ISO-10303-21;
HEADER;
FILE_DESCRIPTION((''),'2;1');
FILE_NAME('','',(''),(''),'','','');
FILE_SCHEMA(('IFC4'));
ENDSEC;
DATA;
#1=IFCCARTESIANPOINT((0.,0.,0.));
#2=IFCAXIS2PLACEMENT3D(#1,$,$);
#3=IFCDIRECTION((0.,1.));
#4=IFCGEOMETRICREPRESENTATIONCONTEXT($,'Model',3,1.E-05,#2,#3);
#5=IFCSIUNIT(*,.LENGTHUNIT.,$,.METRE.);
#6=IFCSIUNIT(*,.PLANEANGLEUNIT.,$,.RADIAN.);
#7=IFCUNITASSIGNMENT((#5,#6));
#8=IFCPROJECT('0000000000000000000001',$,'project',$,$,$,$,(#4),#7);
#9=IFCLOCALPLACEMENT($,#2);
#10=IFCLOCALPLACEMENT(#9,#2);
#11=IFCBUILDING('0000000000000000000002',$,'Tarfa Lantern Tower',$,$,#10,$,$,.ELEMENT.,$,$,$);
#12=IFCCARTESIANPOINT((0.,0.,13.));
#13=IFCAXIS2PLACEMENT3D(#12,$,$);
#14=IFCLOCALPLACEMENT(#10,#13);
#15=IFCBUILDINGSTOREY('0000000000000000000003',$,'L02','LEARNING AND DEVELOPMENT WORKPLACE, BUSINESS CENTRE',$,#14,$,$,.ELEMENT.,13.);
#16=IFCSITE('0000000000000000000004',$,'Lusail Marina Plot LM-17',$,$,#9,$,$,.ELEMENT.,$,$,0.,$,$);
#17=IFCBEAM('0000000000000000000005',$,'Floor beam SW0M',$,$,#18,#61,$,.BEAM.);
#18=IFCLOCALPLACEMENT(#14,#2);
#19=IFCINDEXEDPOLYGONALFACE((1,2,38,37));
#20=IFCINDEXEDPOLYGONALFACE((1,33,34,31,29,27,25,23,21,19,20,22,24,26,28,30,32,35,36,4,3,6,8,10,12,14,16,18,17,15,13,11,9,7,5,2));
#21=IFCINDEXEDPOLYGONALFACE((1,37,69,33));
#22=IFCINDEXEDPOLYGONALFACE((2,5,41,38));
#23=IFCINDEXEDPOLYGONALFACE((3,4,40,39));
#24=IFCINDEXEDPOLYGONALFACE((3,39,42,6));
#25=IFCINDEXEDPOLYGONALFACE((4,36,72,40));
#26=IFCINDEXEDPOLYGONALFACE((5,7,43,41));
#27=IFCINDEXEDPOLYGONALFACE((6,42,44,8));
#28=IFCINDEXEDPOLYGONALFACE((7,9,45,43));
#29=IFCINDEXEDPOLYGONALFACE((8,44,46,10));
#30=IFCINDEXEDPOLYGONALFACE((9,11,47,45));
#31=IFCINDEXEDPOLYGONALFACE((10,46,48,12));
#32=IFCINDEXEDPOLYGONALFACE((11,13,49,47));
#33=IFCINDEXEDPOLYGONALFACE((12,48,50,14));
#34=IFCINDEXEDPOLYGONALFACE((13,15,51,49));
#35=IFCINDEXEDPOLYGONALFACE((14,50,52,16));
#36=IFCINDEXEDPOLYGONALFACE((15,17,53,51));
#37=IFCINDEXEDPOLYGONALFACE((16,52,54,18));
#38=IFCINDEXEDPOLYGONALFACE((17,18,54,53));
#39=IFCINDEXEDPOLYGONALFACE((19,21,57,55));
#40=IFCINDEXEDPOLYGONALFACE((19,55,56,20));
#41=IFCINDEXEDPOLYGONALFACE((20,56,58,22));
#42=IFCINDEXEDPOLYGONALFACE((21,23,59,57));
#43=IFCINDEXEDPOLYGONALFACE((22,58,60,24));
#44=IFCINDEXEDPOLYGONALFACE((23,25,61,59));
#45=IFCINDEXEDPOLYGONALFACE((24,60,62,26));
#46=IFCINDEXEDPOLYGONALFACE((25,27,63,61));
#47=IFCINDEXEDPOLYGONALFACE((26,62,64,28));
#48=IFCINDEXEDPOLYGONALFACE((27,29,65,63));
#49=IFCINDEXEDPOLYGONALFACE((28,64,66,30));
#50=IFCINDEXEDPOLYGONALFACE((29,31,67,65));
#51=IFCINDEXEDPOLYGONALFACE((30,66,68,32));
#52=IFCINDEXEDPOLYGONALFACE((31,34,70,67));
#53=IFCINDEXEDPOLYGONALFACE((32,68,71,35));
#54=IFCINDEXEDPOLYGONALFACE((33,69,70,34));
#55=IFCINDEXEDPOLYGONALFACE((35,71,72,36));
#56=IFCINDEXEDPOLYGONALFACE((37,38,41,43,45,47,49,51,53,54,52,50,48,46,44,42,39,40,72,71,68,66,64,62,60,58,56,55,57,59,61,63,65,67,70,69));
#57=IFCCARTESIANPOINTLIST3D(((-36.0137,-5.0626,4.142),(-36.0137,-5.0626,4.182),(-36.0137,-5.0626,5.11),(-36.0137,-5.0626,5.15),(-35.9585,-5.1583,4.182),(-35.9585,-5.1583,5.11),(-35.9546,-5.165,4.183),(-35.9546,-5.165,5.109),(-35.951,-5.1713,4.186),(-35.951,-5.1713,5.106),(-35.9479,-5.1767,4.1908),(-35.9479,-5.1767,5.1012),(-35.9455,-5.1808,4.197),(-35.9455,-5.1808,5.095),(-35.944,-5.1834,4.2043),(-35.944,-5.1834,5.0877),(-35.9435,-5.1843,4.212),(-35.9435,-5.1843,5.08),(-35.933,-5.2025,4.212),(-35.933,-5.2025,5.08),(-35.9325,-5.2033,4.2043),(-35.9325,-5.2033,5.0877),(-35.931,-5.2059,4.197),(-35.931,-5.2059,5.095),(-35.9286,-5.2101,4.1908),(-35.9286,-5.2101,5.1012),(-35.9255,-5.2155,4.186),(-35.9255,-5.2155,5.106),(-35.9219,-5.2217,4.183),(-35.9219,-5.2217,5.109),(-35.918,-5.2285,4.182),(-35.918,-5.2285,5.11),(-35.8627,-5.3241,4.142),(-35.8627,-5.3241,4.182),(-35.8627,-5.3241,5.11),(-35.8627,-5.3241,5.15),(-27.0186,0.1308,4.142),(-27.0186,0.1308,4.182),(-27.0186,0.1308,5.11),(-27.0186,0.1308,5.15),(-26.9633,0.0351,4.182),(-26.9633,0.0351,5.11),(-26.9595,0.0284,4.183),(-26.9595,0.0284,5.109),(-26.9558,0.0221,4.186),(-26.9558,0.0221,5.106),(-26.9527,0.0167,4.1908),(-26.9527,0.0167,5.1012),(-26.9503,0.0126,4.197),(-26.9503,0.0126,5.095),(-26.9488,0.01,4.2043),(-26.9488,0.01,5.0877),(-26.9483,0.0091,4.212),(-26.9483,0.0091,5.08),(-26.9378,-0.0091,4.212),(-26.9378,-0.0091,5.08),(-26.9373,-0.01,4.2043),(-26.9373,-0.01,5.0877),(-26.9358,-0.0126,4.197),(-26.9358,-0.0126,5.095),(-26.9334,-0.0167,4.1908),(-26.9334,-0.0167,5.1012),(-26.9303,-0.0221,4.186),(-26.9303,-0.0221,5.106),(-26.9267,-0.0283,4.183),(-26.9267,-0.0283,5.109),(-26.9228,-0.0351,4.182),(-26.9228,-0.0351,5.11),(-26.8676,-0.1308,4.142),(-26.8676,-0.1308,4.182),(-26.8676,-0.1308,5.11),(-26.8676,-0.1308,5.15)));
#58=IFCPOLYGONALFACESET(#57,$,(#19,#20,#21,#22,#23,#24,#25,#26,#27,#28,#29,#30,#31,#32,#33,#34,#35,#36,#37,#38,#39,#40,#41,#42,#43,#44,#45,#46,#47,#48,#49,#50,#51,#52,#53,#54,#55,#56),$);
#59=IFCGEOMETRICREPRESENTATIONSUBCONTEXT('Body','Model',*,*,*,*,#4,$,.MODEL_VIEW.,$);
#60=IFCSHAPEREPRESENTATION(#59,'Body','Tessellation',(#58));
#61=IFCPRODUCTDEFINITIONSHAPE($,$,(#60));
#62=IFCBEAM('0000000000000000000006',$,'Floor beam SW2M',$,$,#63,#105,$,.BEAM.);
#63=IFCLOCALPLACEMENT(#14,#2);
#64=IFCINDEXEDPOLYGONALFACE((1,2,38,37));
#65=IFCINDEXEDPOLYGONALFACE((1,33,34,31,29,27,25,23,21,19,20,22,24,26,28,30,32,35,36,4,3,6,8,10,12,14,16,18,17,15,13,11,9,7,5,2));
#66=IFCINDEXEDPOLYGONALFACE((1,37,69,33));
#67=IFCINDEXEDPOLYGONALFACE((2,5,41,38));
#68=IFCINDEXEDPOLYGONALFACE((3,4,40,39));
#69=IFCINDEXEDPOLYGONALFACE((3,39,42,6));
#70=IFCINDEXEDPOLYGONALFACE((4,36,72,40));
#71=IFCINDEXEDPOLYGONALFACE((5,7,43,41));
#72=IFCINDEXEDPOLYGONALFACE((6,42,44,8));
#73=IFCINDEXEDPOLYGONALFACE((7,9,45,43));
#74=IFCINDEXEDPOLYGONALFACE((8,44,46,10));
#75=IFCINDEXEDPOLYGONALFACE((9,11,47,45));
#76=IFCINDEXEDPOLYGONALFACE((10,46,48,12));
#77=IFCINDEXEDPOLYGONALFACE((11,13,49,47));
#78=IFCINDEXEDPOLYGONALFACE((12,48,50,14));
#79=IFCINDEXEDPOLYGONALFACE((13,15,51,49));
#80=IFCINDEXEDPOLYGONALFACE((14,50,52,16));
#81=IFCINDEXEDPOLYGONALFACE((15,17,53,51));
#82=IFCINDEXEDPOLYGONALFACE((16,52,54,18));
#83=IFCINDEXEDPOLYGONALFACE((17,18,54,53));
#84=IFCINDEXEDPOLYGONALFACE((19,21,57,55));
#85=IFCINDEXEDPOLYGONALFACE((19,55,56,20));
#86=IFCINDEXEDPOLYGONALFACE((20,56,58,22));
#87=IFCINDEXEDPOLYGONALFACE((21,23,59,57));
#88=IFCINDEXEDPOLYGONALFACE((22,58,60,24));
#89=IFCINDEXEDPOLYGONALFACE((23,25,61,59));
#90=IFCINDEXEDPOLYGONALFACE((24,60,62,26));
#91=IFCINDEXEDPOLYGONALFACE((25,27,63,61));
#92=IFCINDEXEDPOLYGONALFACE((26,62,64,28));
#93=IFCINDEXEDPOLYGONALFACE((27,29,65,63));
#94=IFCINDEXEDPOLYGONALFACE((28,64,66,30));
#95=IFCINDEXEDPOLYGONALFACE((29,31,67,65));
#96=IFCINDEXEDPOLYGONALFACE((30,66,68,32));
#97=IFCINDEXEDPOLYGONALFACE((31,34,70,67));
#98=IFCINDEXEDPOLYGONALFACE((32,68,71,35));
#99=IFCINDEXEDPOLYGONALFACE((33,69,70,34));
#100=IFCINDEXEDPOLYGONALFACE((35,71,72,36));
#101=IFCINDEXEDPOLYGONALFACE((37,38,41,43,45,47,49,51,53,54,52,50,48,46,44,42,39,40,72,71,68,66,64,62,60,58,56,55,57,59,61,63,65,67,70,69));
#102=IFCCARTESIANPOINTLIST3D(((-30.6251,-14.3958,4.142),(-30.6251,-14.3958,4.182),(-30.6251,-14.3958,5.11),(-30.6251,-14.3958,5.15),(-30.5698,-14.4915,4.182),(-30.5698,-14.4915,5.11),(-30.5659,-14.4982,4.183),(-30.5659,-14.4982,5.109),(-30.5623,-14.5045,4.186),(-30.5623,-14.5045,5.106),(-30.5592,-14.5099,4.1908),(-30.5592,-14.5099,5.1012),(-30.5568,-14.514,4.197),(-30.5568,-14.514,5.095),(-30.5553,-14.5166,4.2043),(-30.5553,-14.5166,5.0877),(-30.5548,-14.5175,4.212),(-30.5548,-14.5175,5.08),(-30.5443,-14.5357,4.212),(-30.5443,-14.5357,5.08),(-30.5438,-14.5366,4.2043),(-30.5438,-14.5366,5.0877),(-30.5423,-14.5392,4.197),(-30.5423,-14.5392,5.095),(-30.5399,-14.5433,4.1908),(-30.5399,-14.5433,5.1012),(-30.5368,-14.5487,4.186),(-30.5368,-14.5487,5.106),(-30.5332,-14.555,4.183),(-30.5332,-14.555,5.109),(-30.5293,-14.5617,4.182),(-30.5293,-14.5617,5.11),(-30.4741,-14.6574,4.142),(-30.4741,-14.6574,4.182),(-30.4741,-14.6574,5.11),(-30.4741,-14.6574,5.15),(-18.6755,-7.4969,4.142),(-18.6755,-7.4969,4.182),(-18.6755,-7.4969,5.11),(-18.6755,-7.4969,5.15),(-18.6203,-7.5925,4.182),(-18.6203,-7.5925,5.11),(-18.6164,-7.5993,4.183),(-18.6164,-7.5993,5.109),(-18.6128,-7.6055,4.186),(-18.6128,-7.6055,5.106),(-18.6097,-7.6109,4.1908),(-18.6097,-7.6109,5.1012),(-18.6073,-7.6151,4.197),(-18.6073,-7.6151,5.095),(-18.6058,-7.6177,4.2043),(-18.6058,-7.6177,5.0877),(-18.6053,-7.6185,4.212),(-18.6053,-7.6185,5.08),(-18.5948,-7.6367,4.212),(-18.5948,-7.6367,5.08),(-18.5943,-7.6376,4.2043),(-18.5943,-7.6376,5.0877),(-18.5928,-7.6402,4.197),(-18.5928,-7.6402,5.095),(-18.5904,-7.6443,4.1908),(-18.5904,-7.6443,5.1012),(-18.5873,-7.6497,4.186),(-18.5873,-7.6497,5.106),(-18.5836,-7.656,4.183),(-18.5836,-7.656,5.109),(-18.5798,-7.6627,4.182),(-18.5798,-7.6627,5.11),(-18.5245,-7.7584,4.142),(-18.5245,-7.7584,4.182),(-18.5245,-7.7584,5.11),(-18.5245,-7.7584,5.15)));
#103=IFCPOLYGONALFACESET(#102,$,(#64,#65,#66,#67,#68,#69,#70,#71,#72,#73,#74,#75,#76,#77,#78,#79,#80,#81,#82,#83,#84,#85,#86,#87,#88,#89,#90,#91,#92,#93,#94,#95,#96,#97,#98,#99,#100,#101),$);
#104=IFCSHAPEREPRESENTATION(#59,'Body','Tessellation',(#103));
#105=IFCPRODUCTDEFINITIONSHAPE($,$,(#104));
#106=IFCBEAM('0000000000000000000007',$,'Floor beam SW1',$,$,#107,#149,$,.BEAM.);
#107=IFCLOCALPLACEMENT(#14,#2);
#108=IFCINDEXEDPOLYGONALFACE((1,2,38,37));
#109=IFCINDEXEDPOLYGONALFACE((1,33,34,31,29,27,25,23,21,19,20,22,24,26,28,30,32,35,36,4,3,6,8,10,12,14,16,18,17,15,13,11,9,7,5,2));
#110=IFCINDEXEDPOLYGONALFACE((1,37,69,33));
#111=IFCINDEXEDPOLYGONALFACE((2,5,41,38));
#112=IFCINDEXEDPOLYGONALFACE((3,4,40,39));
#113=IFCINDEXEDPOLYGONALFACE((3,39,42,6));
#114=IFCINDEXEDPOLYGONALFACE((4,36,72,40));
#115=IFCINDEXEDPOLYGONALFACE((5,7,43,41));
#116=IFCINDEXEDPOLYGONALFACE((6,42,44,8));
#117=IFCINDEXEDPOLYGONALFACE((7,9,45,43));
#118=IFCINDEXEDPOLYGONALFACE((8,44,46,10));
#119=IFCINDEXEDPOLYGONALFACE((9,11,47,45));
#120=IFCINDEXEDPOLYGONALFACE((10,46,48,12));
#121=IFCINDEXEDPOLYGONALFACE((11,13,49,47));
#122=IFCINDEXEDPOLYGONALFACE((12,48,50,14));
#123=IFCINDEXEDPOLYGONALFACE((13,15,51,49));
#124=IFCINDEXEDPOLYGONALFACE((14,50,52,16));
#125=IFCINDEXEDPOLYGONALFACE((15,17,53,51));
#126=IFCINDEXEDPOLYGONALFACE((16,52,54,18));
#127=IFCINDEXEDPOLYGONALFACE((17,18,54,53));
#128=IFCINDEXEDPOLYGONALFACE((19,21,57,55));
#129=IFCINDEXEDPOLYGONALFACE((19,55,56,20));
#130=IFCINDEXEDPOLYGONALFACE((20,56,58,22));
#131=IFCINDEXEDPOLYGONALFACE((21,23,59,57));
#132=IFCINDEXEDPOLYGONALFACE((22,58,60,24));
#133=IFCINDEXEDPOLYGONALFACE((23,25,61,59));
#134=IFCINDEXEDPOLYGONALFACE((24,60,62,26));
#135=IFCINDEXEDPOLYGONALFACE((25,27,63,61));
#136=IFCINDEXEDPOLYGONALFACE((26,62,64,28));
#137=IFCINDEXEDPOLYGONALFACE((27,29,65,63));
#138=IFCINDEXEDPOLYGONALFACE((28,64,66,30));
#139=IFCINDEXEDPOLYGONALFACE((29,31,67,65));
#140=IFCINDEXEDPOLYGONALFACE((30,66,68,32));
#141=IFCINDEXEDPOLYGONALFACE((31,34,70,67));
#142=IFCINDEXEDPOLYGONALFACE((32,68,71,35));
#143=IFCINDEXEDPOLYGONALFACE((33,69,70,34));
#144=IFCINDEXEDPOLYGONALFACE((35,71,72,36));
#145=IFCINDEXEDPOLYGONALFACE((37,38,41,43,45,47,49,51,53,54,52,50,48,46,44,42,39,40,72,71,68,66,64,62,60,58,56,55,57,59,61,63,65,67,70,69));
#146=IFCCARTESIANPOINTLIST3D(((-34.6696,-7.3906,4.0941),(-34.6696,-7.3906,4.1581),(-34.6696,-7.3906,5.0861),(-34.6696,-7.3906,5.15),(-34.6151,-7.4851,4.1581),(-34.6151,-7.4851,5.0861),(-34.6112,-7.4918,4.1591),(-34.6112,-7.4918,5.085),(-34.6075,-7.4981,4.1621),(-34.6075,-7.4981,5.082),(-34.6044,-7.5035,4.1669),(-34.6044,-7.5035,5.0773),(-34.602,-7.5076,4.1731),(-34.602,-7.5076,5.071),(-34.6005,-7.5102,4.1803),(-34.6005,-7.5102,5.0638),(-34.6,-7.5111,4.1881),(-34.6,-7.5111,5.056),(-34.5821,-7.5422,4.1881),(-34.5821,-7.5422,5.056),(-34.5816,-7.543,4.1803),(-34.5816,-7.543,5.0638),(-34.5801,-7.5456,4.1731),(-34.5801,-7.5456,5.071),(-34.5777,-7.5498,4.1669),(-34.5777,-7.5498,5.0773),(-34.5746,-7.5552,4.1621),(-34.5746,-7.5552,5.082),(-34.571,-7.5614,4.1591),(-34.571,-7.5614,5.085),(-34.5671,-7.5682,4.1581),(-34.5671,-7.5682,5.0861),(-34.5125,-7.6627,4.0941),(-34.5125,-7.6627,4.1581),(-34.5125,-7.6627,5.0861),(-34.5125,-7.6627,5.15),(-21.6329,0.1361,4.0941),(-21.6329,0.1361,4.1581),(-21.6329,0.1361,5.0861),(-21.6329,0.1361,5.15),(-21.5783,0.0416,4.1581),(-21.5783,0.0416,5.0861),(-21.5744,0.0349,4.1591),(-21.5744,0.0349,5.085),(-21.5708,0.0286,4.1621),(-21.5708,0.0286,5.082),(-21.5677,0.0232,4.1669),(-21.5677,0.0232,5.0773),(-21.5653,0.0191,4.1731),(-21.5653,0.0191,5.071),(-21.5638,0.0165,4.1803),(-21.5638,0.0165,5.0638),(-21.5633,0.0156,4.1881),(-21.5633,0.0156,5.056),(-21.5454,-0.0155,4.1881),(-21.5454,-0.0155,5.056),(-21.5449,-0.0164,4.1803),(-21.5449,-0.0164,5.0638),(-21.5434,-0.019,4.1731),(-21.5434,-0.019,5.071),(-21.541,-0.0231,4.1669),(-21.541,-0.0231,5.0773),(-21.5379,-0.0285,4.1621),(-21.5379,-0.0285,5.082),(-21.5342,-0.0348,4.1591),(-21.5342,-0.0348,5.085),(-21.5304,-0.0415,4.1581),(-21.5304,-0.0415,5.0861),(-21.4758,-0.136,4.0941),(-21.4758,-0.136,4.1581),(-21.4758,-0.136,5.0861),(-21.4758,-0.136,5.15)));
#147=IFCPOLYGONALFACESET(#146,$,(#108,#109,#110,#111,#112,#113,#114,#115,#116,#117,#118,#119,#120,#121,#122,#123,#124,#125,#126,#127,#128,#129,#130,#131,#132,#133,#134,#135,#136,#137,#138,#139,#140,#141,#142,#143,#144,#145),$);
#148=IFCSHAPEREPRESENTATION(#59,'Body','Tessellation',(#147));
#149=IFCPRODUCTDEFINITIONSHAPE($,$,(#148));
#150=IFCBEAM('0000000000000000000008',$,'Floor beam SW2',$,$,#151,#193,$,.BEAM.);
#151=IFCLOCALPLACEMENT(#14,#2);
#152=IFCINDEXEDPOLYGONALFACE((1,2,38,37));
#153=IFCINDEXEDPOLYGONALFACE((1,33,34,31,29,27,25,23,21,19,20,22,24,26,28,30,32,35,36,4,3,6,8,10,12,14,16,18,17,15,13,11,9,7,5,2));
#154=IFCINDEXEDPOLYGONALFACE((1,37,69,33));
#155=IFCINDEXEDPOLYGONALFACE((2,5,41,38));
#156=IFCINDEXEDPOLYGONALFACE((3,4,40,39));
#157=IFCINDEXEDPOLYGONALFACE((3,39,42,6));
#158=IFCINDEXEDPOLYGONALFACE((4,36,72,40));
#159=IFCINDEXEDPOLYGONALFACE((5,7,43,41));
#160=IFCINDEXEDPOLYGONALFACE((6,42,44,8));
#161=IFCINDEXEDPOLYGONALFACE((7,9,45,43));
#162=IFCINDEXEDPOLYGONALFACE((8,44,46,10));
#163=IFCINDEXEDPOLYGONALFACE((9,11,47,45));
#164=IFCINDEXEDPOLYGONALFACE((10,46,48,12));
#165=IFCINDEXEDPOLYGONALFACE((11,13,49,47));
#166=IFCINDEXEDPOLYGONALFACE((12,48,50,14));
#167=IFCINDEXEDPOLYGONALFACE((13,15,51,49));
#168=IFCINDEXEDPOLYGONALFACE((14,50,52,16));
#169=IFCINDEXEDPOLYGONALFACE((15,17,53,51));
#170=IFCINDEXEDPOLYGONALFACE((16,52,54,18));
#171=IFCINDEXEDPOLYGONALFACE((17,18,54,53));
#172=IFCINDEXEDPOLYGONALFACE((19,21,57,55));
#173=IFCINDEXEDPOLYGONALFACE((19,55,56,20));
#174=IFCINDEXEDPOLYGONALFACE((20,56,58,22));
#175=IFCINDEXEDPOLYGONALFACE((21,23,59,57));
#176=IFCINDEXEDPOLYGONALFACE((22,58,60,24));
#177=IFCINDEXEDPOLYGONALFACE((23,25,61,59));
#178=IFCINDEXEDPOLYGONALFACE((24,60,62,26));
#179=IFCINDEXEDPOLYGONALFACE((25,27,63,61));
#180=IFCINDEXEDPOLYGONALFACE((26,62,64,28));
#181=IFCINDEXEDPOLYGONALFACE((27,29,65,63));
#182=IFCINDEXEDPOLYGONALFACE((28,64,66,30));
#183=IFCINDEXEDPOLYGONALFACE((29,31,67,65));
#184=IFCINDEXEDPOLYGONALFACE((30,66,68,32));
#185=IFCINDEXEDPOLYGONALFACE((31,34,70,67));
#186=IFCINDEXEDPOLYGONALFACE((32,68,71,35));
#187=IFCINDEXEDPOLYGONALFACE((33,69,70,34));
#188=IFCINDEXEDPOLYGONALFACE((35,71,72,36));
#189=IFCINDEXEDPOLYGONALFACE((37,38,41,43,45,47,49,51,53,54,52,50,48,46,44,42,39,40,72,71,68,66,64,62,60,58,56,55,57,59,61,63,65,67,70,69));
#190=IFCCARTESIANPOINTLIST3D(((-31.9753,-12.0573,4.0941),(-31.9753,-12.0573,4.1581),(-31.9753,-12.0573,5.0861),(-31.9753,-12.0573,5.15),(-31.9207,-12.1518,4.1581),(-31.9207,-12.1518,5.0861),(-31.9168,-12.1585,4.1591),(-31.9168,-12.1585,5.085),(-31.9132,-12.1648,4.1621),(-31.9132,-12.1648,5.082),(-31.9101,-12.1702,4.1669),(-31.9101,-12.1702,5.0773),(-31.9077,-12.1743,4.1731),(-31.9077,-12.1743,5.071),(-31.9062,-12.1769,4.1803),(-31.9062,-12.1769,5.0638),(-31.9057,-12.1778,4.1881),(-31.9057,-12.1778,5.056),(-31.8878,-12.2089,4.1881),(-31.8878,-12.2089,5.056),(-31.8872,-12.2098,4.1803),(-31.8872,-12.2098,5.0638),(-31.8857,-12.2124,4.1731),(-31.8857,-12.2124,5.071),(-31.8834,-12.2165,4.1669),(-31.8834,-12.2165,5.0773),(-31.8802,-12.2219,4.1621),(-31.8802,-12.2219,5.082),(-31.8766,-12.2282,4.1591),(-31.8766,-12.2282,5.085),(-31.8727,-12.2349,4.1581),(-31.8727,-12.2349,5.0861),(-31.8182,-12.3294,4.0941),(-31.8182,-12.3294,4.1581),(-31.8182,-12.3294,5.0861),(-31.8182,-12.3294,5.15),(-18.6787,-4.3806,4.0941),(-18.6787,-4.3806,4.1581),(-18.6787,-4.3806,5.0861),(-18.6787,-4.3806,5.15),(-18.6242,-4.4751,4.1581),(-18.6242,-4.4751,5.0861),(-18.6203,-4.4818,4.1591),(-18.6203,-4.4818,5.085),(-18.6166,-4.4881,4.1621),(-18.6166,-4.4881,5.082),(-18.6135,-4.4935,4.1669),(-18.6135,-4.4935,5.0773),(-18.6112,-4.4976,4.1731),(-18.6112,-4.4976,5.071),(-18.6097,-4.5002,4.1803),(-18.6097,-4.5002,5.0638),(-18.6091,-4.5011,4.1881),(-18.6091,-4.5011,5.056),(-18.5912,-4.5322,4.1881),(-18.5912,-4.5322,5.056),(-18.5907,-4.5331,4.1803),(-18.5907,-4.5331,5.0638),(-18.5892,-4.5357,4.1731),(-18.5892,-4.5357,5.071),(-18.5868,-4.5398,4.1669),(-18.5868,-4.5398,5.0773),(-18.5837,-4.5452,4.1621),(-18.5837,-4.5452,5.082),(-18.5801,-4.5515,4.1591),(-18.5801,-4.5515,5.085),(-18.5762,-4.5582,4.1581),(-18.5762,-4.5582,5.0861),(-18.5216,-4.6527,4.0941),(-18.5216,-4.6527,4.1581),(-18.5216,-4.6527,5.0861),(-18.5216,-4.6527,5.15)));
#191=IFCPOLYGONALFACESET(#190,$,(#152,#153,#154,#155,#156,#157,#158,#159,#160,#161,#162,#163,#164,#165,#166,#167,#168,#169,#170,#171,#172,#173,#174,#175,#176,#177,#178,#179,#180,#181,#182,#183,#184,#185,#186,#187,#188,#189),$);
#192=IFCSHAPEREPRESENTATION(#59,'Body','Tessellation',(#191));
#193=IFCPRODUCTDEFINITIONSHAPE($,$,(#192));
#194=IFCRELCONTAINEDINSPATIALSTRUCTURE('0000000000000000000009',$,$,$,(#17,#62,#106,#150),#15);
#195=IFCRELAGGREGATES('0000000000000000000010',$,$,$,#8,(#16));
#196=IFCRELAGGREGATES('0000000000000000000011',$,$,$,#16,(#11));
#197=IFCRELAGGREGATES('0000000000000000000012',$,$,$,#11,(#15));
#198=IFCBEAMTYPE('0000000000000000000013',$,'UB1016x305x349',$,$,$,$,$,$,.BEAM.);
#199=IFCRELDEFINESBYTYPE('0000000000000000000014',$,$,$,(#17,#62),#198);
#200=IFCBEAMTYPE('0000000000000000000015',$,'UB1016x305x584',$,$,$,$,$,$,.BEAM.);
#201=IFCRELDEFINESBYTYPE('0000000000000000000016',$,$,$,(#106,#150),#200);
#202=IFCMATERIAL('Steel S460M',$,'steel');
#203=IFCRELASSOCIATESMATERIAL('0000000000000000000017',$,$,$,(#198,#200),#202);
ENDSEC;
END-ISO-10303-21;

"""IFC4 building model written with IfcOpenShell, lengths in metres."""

from ifc_helpers import new_model, si_unit, direction, frame, origin, origin_2d, place, context, subcontext, project, spatial, i_section, extrude, material, material_profile, profile_set, type_object, element, save


model = new_model("IFC4")

# Units and contexts
model_context = context("Model", 3, precision=1e-05, world=origin(), true_north=direction((0.0, 1.0)))
body_context = subcontext(model_context, "Body", "Model", "MODEL_VIEW")
ifc_project = project(units=[si_unit("LENGTHUNIT", "METRE"), si_unit("PLANEANGLEUNIT", "RADIAN")], contexts=[model_context])

# Site, building, storey
site_placement = place(None, origin())
site = spatial("IfcSite", under=ifc_project, at=site_placement, Name="Lusail Marina Plot LM-17", CompositionType="ELEMENT", RefElevation=0.0)
building_placement = place(site_placement, origin())
building = spatial("IfcBuilding", under=site, at=building_placement, Name="Tarfa Lantern Tower", CompositionType="ELEMENT")
storey_placement = place(building_placement, frame((0.0, 0.0, 13.0)))
storey = spatial("IfcBuildingStorey", under=building, at=storey_placement, Name="L02", Description="LEARNING AND DEVELOPMENT WORKPLACE, BUSINESS CENTRE", CompositionType="ELEMENT", Elevation=13.0)

# Beams
ifc_material_1 = material(Name="Steel S460M", Category="steel")
ifc_material_profile_1 = material_profile(ifc_material_1, i_section(OverallWidth=0.302, OverallDepth=1.0081, WebThickness=0.021, FlangeThickness=0.04, FilletRadius=0.03, at=origin_2d()), Name="UB1016x305x349")
ifc_profile_set_1 = profile_set([ifc_material_profile_1], Name="Steel S460M")
beam_type_1 = type_object("IfcBeamType", Name="UB1016x305x349", PredefinedType="BEAM", material=ifc_profile_set_1)
beam_1_placement = place(storey_placement, frame((-35.9382, -5.1934, 4.646), z_axis=(0.866024, 0.500002, 0.0), x_axis=(-0.500002, 0.866024, 0.0)))
element("IfcBeam", 1, at=beam_1_placement, inside=storey, type_object=beam_type_1, Name="Floor beam SW0M", PredefinedType="BEAM", context=body_context, shape_type="SweptSolid", body=[
    extrude(i_section(OverallWidth=0.302, OverallDepth=1.0081, WebThickness=0.021, FlangeThickness=0.04, FilletRadius=0.03, at=origin_2d()), origin(), (0.0, 0.0, 1.0), 10.3867),
])
beam_2_placement = place(storey_placement, frame((-30.5496, -14.5266, 4.646), z_axis=(0.866029, 0.499995, 0.0), x_axis=(-0.499995, 0.866029, 0.0)))
element("IfcBeam", 2, at=beam_2_placement, inside=storey, type_object=beam_type_1, Name="Floor beam SW2M", PredefinedType="BEAM", context=body_context, shape_type="SweptSolid", body=[
    extrude(i_section(OverallWidth=0.302, OverallDepth=1.0081, WebThickness=0.021, FlangeThickness=0.04, FilletRadius=0.03, at=origin_2d()), origin(), (0.0, 0.0, 1.0), 13.7981),
])
ifc_material_profile_2 = material_profile(ifc_material_1, i_section(OverallWidth=0.3142, OverallDepth=1.0559, WebThickness=0.0359, FlangeThickness=0.064, FilletRadius=0.03, at=origin_2d()), Name="UB1016x305x584")
ifc_profile_set_2 = profile_set([ifc_material_profile_2], Name="Steel S460M")
beam_type_2 = type_object("IfcBeamType", Name="UB1016x305x584", PredefinedType="BEAM", material=ifc_profile_set_2)
beam_3_placement = place(storey_placement, frame((-34.5911, -7.5266, 4.6221), z_axis=(0.866028, 0.499996, 0.0), x_axis=(-0.499996, 0.866028, 0.0)))
element("IfcBeam", 3, at=beam_3_placement, inside=storey, type_object=beam_type_2, Name="Floor beam SW1", PredefinedType="BEAM", context=body_context, shape_type="SweptSolid", body=[
    extrude(i_section(OverallWidth=0.3142, OverallDepth=1.0559, WebThickness=0.0359, FlangeThickness=0.064, FilletRadius=0.03, at=origin_2d()), origin(), (0.0, 0.0, 1.0), 15.0535),
])
beam_4_placement = place(storey_placement, frame((-31.8967, -12.1934, 4.6221), z_axis=(0.866027, 0.499997, 0.0), x_axis=(-0.499997, 0.866027, 0.0)))
element("IfcBeam", 4, at=beam_4_placement, inside=storey, type_object=beam_type_2, Name="Floor beam SW2", PredefinedType="BEAM", context=body_context, shape_type="SweptSolid", body=[
    extrude(i_section(OverallWidth=0.3142, OverallDepth=1.0559, WebThickness=0.0359, FlangeThickness=0.064, FilletRadius=0.03, at=origin_2d()), origin(), (0.0, 0.0, 1.0), 15.3535),
])

save(model, "model.ifc")
